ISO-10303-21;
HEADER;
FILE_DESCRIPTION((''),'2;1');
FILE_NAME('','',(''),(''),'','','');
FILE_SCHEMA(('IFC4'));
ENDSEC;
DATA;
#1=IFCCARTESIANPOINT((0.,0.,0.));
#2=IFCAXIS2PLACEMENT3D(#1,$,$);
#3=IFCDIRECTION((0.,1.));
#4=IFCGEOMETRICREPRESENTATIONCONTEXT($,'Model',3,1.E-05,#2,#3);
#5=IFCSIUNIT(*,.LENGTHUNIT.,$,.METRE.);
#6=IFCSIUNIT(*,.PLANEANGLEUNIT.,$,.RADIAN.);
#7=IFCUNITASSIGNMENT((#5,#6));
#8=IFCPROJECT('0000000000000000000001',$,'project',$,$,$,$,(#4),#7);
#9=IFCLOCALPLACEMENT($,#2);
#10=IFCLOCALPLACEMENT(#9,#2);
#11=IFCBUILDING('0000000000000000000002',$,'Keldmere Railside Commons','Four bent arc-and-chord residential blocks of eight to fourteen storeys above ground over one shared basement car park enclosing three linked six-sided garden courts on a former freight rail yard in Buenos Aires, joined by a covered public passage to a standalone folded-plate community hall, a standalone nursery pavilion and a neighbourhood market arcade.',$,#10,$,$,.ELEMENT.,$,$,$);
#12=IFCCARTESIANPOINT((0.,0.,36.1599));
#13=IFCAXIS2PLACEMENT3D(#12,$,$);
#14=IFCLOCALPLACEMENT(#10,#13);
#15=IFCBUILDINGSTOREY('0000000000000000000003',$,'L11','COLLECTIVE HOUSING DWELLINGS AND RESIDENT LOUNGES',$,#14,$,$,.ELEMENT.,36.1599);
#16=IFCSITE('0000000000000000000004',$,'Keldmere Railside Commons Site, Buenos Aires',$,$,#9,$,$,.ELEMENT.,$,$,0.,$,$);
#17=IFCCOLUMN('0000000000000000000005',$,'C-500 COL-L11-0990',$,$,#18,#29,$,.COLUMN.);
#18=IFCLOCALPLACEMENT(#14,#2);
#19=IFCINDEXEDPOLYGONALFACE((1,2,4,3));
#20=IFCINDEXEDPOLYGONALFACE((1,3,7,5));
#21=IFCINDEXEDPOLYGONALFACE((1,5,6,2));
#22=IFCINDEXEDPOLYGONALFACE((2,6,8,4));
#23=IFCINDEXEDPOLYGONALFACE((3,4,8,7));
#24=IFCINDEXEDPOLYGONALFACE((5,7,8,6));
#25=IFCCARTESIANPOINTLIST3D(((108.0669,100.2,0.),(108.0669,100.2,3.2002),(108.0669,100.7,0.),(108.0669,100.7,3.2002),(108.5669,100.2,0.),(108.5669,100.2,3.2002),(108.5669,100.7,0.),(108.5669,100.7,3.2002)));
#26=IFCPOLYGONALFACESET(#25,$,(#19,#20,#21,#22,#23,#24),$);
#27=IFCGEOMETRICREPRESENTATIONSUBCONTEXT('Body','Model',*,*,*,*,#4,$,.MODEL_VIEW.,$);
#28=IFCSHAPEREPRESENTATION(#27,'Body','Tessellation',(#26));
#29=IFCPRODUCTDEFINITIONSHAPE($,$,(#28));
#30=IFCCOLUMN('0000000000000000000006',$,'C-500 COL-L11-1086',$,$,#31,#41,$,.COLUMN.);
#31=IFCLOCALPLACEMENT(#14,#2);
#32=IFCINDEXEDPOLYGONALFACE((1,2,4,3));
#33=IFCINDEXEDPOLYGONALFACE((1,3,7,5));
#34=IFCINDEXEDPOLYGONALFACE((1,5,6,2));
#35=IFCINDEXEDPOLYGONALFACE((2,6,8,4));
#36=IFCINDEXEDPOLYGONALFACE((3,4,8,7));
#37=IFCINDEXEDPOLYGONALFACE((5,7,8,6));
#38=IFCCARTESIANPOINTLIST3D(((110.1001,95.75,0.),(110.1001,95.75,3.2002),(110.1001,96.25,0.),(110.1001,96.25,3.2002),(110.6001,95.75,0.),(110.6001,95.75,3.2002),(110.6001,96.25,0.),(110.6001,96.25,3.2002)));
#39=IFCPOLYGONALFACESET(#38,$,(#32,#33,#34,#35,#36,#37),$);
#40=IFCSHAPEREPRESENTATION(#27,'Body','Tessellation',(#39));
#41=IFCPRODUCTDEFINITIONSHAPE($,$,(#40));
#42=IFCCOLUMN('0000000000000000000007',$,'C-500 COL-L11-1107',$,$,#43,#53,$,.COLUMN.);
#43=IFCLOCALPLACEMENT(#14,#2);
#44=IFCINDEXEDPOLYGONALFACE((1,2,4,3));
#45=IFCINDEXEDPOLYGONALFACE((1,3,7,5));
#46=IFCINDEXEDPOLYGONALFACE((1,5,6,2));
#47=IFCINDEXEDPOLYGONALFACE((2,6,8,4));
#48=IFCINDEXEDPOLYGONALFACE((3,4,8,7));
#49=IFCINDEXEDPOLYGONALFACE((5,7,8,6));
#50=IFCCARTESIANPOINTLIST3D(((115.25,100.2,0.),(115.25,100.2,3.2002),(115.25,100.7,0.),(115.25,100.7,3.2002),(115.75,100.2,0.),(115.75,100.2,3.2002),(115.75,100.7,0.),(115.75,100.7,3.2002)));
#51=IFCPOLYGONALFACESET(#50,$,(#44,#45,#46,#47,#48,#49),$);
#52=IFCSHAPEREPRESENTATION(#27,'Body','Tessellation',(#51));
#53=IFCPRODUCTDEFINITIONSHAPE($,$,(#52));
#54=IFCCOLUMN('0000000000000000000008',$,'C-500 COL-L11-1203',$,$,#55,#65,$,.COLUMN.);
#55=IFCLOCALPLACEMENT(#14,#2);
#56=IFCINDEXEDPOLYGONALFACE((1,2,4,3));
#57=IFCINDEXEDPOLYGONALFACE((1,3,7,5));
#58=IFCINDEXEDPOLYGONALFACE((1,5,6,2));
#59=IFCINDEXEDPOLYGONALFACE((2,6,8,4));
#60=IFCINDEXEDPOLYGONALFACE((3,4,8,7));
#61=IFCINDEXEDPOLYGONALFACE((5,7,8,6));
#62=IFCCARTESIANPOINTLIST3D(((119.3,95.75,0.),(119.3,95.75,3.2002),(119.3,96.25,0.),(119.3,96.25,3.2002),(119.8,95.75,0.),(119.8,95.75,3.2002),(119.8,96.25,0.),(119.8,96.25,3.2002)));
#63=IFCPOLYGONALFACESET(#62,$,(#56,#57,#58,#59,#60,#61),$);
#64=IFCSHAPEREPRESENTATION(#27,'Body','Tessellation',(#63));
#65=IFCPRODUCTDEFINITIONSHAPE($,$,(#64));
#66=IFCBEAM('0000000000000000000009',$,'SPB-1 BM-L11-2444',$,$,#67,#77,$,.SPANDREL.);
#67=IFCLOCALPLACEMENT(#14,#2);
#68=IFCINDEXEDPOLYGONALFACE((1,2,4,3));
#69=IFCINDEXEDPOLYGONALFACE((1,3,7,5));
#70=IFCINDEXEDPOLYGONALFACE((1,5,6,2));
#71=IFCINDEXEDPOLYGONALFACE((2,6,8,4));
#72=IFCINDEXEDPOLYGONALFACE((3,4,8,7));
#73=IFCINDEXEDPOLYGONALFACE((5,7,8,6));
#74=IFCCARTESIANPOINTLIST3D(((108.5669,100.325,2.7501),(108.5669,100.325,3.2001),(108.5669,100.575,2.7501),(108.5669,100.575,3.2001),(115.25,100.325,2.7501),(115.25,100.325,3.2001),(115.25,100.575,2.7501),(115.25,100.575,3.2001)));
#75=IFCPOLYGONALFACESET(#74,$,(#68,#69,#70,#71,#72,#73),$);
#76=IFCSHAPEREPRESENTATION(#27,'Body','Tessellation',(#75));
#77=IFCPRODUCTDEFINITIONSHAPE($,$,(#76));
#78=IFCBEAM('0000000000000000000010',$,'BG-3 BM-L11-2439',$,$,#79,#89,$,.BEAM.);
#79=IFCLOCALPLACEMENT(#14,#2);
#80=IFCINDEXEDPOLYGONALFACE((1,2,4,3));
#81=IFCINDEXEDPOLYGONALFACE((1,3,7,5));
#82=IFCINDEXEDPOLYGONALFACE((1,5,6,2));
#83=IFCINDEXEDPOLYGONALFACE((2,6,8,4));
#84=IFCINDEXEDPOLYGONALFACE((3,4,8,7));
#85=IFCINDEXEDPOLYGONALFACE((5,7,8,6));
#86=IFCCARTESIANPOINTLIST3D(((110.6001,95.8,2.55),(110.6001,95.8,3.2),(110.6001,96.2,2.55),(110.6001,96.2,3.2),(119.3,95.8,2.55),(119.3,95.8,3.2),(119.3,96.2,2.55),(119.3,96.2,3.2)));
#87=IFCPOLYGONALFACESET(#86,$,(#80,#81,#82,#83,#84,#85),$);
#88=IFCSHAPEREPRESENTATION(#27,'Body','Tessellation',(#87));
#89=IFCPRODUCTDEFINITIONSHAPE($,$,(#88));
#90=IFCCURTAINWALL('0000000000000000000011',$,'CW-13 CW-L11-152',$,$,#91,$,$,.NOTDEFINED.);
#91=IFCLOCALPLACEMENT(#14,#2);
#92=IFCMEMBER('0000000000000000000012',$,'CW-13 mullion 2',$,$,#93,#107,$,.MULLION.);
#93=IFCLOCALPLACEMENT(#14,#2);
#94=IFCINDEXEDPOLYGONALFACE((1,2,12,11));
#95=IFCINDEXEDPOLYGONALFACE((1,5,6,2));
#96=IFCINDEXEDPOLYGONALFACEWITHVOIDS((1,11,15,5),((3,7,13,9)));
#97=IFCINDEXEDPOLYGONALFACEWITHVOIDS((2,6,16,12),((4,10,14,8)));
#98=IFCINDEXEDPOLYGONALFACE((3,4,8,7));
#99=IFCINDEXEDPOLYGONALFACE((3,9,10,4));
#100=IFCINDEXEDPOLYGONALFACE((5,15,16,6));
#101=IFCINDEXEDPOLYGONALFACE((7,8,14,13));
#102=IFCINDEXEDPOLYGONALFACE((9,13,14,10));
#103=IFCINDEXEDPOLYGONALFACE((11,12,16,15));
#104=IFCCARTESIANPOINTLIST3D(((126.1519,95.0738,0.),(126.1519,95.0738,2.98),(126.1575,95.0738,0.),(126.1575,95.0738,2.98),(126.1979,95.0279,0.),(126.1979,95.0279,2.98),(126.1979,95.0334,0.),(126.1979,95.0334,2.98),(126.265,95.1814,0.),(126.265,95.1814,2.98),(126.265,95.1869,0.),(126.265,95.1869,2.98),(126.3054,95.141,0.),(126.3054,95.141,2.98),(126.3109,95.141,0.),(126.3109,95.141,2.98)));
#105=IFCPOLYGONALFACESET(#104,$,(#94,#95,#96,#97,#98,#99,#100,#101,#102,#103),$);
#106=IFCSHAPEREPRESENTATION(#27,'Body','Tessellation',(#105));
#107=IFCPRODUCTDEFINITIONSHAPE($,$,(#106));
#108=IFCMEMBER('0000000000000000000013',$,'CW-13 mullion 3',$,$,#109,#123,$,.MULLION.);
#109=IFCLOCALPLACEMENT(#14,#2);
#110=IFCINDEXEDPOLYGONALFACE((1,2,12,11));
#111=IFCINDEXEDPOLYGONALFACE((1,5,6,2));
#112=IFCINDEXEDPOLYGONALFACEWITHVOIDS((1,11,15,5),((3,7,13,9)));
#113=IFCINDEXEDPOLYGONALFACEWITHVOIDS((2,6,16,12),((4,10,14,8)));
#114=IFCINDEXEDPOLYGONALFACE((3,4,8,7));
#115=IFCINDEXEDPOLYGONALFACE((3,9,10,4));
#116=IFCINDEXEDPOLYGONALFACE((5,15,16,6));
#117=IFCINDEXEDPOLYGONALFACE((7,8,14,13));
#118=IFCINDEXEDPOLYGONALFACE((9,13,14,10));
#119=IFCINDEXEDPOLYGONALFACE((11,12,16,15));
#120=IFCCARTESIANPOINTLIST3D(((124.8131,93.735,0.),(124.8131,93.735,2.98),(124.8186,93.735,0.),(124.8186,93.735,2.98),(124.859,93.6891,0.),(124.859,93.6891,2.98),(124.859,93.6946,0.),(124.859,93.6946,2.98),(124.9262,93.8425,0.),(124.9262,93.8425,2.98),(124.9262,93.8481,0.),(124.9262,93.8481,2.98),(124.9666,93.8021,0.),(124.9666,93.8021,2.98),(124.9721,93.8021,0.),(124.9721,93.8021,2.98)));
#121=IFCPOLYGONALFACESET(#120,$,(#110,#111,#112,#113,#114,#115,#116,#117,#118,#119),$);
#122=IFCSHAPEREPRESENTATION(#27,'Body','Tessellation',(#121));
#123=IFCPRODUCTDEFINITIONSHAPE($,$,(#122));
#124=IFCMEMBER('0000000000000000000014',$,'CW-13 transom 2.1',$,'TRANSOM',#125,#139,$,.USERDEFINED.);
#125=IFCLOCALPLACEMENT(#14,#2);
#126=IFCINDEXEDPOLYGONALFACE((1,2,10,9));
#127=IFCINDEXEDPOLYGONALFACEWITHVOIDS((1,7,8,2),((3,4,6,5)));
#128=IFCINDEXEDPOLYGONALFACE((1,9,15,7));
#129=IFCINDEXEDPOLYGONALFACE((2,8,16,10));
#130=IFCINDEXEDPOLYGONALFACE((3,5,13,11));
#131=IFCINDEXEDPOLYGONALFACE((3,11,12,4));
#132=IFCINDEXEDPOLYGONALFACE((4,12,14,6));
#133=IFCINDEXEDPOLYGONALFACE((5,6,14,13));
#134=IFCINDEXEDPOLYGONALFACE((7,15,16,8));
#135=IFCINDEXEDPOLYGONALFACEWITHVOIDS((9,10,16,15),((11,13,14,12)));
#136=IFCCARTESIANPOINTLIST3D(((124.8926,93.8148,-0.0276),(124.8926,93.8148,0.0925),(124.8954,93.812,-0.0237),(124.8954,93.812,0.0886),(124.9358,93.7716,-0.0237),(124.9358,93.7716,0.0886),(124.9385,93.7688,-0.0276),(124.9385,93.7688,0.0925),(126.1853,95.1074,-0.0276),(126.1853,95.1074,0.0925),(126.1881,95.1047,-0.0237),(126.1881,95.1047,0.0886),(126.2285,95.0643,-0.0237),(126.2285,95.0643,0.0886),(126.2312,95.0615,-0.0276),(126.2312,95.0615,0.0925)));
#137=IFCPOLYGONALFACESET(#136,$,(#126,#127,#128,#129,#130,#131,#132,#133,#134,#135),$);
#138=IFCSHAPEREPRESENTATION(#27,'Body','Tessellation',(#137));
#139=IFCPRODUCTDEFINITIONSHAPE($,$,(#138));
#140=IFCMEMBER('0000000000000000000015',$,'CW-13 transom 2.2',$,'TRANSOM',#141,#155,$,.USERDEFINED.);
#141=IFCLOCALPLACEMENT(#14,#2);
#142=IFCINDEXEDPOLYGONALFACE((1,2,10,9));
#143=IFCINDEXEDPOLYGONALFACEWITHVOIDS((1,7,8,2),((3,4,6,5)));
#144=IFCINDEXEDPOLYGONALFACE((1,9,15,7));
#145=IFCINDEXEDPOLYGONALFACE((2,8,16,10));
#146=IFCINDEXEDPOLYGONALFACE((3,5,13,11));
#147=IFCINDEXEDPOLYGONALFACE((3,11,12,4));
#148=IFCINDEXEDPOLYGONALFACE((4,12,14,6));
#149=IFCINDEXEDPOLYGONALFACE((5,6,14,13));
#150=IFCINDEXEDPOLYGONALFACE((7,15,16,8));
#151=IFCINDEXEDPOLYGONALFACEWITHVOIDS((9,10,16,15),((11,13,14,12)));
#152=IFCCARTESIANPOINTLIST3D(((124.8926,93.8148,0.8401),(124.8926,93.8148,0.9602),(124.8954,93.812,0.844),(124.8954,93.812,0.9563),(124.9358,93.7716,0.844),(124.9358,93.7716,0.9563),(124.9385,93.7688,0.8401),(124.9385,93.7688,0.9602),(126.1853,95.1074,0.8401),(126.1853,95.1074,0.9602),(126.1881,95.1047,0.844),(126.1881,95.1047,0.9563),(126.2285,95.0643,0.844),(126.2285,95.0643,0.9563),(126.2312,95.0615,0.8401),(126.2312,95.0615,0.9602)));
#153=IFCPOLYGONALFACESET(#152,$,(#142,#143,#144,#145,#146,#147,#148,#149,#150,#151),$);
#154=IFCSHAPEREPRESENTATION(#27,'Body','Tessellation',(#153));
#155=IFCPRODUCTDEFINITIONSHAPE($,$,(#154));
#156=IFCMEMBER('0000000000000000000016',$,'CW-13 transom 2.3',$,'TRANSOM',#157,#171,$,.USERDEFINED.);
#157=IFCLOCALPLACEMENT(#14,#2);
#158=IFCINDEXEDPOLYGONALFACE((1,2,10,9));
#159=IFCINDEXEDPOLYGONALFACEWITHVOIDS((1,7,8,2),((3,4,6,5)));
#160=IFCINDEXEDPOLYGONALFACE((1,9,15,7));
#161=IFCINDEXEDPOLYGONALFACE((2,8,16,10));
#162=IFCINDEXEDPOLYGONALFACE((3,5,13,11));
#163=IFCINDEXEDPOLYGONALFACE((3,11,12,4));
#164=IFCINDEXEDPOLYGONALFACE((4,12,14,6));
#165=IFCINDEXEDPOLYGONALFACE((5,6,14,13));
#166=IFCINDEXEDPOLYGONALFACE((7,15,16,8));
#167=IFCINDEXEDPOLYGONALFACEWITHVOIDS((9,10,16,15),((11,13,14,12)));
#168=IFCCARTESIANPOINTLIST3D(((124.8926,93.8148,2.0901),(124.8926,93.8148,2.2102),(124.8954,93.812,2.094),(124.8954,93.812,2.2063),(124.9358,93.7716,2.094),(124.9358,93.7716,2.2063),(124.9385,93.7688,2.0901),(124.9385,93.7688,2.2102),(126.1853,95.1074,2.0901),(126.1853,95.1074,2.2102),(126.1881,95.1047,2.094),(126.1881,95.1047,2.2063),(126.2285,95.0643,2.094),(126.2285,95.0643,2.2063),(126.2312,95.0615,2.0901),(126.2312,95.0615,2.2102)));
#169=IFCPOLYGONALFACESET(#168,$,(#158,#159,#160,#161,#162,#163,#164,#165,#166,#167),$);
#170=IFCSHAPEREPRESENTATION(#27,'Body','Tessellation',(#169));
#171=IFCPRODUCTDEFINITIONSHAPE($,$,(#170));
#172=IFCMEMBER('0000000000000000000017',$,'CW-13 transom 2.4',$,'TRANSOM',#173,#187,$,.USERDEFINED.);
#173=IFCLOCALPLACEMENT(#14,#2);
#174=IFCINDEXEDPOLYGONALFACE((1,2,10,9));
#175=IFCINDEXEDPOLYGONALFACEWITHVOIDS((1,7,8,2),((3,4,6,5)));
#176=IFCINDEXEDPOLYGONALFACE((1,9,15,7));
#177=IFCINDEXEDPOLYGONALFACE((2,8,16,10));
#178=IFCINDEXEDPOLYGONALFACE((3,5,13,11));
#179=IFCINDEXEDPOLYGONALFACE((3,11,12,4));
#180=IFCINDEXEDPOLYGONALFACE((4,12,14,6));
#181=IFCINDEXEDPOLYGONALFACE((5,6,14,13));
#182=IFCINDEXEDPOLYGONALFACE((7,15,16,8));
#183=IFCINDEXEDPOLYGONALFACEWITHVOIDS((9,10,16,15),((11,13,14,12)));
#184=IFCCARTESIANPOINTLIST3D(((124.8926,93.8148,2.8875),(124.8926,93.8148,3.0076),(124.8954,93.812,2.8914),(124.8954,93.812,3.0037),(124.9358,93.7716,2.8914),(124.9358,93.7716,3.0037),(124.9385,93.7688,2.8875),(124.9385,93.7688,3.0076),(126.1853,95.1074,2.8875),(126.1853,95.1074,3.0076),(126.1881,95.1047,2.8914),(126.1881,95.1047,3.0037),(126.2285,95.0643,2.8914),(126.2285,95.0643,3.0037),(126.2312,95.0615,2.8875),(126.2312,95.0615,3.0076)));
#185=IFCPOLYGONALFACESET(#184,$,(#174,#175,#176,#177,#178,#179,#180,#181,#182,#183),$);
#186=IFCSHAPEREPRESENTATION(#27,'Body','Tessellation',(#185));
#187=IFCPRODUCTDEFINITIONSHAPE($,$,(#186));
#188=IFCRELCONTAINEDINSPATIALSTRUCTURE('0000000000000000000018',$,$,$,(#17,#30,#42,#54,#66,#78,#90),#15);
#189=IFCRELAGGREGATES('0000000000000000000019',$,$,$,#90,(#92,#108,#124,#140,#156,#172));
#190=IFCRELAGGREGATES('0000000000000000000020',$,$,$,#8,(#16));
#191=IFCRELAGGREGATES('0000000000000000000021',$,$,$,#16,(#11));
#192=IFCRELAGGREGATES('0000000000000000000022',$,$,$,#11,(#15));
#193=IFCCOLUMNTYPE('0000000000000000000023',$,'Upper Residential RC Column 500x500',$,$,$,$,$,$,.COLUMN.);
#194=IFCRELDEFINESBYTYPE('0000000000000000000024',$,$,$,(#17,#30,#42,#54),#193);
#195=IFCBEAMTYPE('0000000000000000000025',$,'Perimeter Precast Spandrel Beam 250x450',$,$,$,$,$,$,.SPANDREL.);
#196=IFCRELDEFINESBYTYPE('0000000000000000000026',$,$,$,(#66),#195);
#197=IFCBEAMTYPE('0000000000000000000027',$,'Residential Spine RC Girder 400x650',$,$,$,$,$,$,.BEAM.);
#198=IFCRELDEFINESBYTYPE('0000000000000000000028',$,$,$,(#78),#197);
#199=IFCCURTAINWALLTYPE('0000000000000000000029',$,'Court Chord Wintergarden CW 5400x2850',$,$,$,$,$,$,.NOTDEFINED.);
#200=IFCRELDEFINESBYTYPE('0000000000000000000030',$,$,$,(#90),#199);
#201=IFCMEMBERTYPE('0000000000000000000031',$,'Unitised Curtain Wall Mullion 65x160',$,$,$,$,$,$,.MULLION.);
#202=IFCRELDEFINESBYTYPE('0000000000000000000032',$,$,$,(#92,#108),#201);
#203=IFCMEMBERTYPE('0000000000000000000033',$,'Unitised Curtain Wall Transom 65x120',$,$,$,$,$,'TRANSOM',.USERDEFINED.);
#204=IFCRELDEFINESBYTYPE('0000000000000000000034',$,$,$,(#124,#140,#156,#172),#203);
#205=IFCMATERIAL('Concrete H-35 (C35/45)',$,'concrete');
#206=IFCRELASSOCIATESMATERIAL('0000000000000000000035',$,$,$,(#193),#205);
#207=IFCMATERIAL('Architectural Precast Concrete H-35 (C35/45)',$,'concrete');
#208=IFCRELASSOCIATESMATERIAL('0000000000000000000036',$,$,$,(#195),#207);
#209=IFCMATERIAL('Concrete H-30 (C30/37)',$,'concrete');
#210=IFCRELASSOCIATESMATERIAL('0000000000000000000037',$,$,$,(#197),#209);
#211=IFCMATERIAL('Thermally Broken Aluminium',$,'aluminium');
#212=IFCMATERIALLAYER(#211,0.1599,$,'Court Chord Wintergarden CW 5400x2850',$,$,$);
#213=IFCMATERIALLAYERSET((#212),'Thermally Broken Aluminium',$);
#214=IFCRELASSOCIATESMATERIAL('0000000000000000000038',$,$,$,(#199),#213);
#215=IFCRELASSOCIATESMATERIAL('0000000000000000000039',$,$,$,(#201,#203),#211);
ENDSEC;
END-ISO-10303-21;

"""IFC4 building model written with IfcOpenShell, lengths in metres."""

from ifc_helpers import new_model, si_unit, direction, frame, origin, origin_2d, place, context, subcontext, project, spatial, rectangle, hollow_rectangle, extrude, material, layer, layer_set, material_profile, profile_set, type_object, element, aggregate, save


model = new_model("IFC4")

# Units and contexts
model_context = context("Model", 3, precision=1e-05, world=origin(), true_north=direction((0.0, 1.0)))
body_context = subcontext(model_context, "Body", "Model", "MODEL_VIEW")
ifc_project = project(units=[si_unit("LENGTHUNIT", "METRE"), si_unit("PLANEANGLEUNIT", "RADIAN")], contexts=[model_context])

# Site, building, storey
site_placement = place(None, origin())
site = spatial("IfcSite", under=ifc_project, at=site_placement, Name="Keldmere Railside Commons Site, Buenos Aires", CompositionType="ELEMENT", RefElevation=0.0)
building_placement = place(site_placement, origin())
building = spatial("IfcBuilding", under=site, at=building_placement, Name="Keldmere Railside Commons", Description="Four bent arc-and-chord residential blocks of eight to fourteen storeys above ground over one shared basement car park enclosing three linked six-sided garden courts on a former freight rail yard in Buenos Aires, joined by a covered public passage to a standalone folded-plate community hall, a standalone nursery pavilion and a neighbourhood market arcade.", CompositionType="ELEMENT")
storey_placement = place(building_placement, frame((0.0, 0.0, 36.1599)))
storey = spatial("IfcBuildingStorey", under=building, at=storey_placement, Name="L11", Description="COLLECTIVE HOUSING DWELLINGS AND RESIDENT LOUNGES", CompositionType="ELEMENT", Elevation=36.1599)

# Columns
ifc_material_1 = material(Name="Concrete H-35 (C35/45)", Category="concrete")
ifc_material_profile_1 = material_profile(ifc_material_1, rectangle(XDim=0.5, YDim=0.5, at=origin_2d()), Name="RC-500x500")
ifc_profile_set_1 = profile_set([ifc_material_profile_1], Name="Concrete H-35 (C35/45)")
column_type = type_object("IfcColumnType", Name="Upper Residential RC Column 500x500", PredefinedType="COLUMN", material=ifc_profile_set_1)
for number, where, z_axis, x_axis, name in (
    (1, (108.3169, 100.45, 0.0), (0.0, 0.0, 1.0), (1.0, 0.0, 0.0), "C-500 COL-L11-0990"),
    (2, (110.3501, 96.0, 0.0), (0.0, 0.0, 1.0), (1.0, 0.0, 0.0), "C-500 COL-L11-1086"),
    (3, (115.5, 100.45, 0.0), (0.0, 0.0, 1.0), (1.0, 0.0, 0.0), "C-500 COL-L11-1107"),
    (4, (119.55, 96.0, 0.0), (0.0, 0.0, 1.0), (1.0, 0.0, 0.0), "C-500 COL-L11-1203"),
):
    element("IfcColumn", number, at=place(storey_placement, frame(where, z_axis=z_axis, x_axis=x_axis)), inside=storey, type_object=column_type, Name=name, PredefinedType="COLUMN", context=body_context, shape_type="SweptSolid", body=[
        extrude(rectangle(XDim=0.5, YDim=0.5, at=origin_2d()), origin(), (0.0, 0.0, 1.0), 3.2002),
    ])

# Beams
ifc_material_2 = material(Name="Architectural Precast Concrete H-35 (C35/45)", Category="concrete")
ifc_material_profile_2 = material_profile(ifc_material_2, rectangle(XDim=0.25, YDim=0.45, at=origin_2d()), Name="RC-250x450")
ifc_profile_set_2 = profile_set([ifc_material_profile_2], Name="Architectural Precast Concrete H-35 (C35/45)")
beam_type_1 = type_object("IfcBeamType", Name="Perimeter Precast Spandrel Beam 250x450", PredefinedType="SPANDREL", material=ifc_profile_set_2)
beam_1_placement = place(storey_placement, frame((108.5669, 100.45, 2.9751), z_axis=(1.0, 0.0, 0.0), x_axis=(0.0, 1.0, 0.0)))
element("IfcBeam", 5, at=beam_1_placement, inside=storey, type_object=beam_type_1, Name="SPB-1 BM-L11-2444", PredefinedType="SPANDREL", context=body_context, shape_type="SweptSolid", body=[
    extrude(rectangle(XDim=0.25, YDim=0.45, at=origin_2d()), origin(), (0.0, 0.0, 1.0), 6.6831),
])
ifc_material_3 = material(Name="Concrete H-30 (C30/37)", Category="concrete")
ifc_material_profile_3 = material_profile(ifc_material_3, rectangle(XDim=0.3999, YDim=0.6499, at=origin_2d()), Name="RC-400x650")
ifc_profile_set_3 = profile_set([ifc_material_profile_3], Name="Concrete H-30 (C30/37)")
beam_type_2 = type_object("IfcBeamType", Name="Residential Spine RC Girder 400x650", PredefinedType="BEAM", material=ifc_profile_set_3)
beam_2_placement = place(storey_placement, frame((110.6001, 96.0, 2.875), z_axis=(1.0, 0.0, 0.0), x_axis=(0.0, 1.0, 0.0)))
element("IfcBeam", 6, at=beam_2_placement, inside=storey, type_object=beam_type_2, Name="BG-3 BM-L11-2439", PredefinedType="BEAM", context=body_context, shape_type="SweptSolid", body=[
    extrude(rectangle(XDim=0.3999, YDim=0.6499, at=origin_2d()), origin(), (0.0, 0.0, 1.0), 8.7),
])

# Curtain wall, members
ifc_material_4 = material(Name="Thermally Broken Aluminium", Category="aluminium")
ifc_layer_1 = layer(ifc_material_4, 0.1599, Name="Court Chord Wintergarden CW 5400x2850")
ifc_layer_set_1 = layer_set([ifc_layer_1], Name="Thermally Broken Aluminium")
curtain_wall_type = type_object("IfcCurtainWallType", Name="Court Chord Wintergarden CW 5400x2850", PredefinedType="NOTDEFINED", material=ifc_layer_set_1)
curtain_wall_placement = place(storey_placement, origin())
curtain_wall = element("IfcCurtainWall", 7, at=curtain_wall_placement, inside=storey, type_object=curtain_wall_type, Name="CW-13 CW-L11-152", PredefinedType="NOTDEFINED")
ifc_material_profile_4 = material_profile(ifc_material_4, hollow_rectangle(XDim=0.0649, YDim=0.1599, WallThickness=0.0039, at=origin_2d()), Name="ALU-MULL-65x160")
ifc_profile_set_4 = profile_set([ifc_material_profile_4], Name="Thermally Broken Aluminium")
member_type_1 = type_object("IfcMemberType", Name="Unitised Curtain Wall Mullion 65x160", PredefinedType="MULLION", material=ifc_profile_set_4)
member_1_placement = place(storey_placement, frame((126.2314, 95.1074, 0.0), z_axis=(0.0, 0.0, 1.0), x_axis=(0.707107, -0.707107, 0.0)))
member_1 = element("IfcMember", 8, at=member_1_placement, type_object=member_type_1, Name="CW-13 mullion 2", PredefinedType="MULLION", context=body_context, shape_type="SweptSolid", body=[
    extrude(hollow_rectangle(XDim=0.0649, YDim=0.1599, WallThickness=0.0039, at=origin_2d()), origin(), (0.0, 0.0, 1.0), 2.98),
])
member_2_placement = place(storey_placement, frame((124.8926, 93.7686, 0.0), z_axis=(0.0, 0.0, 1.0), x_axis=(0.707107, -0.707107, 0.0)))
member_2 = element("IfcMember", 9, at=member_2_placement, type_object=member_type_1, Name="CW-13 mullion 3", PredefinedType="MULLION", context=body_context, shape_type="SweptSolid", body=[
    extrude(hollow_rectangle(XDim=0.0649, YDim=0.1599, WallThickness=0.0039, at=origin_2d()), origin(), (0.0, 0.0, 1.0), 2.98),
])
ifc_material_profile_5 = material_profile(ifc_material_4, hollow_rectangle(XDim=0.0649, YDim=0.1201, WallThickness=0.0039, at=origin_2d()), Name="ALU-TRAN-65x120")
ifc_profile_set_5 = profile_set([ifc_material_profile_5], Name="Thermally Broken Aluminium")
member_type_2 = type_object("IfcMemberType", Name="Unitised Curtain Wall Transom 65x120", ElementType="TRANSOM", PredefinedType="USERDEFINED", material=ifc_profile_set_5)
member_3_placement = place(storey_placement, frame((126.2083, 95.0845, 0.0325), z_axis=(-0.707107, -0.707107, 0.0), x_axis=(0.707107, -0.707107, 0.0)))
member_3 = element("IfcMember", 10, at=member_3_placement, type_object=member_type_2, Name="CW-13 transom 2.1", ObjectType="TRANSOM", PredefinedType="USERDEFINED", context=body_context, shape_type="SweptSolid", body=[
    extrude(hollow_rectangle(XDim=0.0649, YDim=0.1201, WallThickness=0.0039, at=origin_2d()), origin(), (0.0, 0.0, 1.0), 1.8281),
])
member_4_placement = place(storey_placement, frame((126.2083, 95.0845, 0.9001), z_axis=(-0.707107, -0.707107, 0.0), x_axis=(0.707107, -0.707107, 0.0)))
member_4 = element("IfcMember", 11, at=member_4_placement, type_object=member_type_2, Name="CW-13 transom 2.2", ObjectType="TRANSOM", PredefinedType="USERDEFINED", context=body_context, shape_type="SweptSolid", body=[
    extrude(hollow_rectangle(XDim=0.0649, YDim=0.1201, WallThickness=0.0039, at=origin_2d()), origin(), (0.0, 0.0, 1.0), 1.8281),
])
member_5_placement = place(storey_placement, frame((126.2083, 95.0845, 2.1501), z_axis=(-0.707107, -0.707107, 0.0), x_axis=(0.707107, -0.707107, 0.0)))
member_5 = element("IfcMember", 12, at=member_5_placement, type_object=member_type_2, Name="CW-13 transom 2.3", ObjectType="TRANSOM", PredefinedType="USERDEFINED", context=body_context, shape_type="SweptSolid", body=[
    extrude(hollow_rectangle(XDim=0.0649, YDim=0.1201, WallThickness=0.0039, at=origin_2d()), origin(), (0.0, 0.0, 1.0), 1.8281),
])
member_6_placement = place(storey_placement, frame((126.2083, 95.0845, 2.9475), z_axis=(-0.707107, -0.707107, 0.0), x_axis=(0.707107, -0.707107, 0.0)))
member_6 = element("IfcMember", 13, at=member_6_placement, type_object=member_type_2, Name="CW-13 transom 2.4", ObjectType="TRANSOM", PredefinedType="USERDEFINED", context=body_context, shape_type="SweptSolid", body=[
    extrude(hollow_rectangle(XDim=0.0649, YDim=0.1201, WallThickness=0.0039, at=origin_2d()), origin(), (0.0, 0.0, 1.0), 1.8281),
])
aggregate(curtain_wall, [member_1, member_2, member_3, member_4, member_5, member_6])

save(model, "model.ifc")
